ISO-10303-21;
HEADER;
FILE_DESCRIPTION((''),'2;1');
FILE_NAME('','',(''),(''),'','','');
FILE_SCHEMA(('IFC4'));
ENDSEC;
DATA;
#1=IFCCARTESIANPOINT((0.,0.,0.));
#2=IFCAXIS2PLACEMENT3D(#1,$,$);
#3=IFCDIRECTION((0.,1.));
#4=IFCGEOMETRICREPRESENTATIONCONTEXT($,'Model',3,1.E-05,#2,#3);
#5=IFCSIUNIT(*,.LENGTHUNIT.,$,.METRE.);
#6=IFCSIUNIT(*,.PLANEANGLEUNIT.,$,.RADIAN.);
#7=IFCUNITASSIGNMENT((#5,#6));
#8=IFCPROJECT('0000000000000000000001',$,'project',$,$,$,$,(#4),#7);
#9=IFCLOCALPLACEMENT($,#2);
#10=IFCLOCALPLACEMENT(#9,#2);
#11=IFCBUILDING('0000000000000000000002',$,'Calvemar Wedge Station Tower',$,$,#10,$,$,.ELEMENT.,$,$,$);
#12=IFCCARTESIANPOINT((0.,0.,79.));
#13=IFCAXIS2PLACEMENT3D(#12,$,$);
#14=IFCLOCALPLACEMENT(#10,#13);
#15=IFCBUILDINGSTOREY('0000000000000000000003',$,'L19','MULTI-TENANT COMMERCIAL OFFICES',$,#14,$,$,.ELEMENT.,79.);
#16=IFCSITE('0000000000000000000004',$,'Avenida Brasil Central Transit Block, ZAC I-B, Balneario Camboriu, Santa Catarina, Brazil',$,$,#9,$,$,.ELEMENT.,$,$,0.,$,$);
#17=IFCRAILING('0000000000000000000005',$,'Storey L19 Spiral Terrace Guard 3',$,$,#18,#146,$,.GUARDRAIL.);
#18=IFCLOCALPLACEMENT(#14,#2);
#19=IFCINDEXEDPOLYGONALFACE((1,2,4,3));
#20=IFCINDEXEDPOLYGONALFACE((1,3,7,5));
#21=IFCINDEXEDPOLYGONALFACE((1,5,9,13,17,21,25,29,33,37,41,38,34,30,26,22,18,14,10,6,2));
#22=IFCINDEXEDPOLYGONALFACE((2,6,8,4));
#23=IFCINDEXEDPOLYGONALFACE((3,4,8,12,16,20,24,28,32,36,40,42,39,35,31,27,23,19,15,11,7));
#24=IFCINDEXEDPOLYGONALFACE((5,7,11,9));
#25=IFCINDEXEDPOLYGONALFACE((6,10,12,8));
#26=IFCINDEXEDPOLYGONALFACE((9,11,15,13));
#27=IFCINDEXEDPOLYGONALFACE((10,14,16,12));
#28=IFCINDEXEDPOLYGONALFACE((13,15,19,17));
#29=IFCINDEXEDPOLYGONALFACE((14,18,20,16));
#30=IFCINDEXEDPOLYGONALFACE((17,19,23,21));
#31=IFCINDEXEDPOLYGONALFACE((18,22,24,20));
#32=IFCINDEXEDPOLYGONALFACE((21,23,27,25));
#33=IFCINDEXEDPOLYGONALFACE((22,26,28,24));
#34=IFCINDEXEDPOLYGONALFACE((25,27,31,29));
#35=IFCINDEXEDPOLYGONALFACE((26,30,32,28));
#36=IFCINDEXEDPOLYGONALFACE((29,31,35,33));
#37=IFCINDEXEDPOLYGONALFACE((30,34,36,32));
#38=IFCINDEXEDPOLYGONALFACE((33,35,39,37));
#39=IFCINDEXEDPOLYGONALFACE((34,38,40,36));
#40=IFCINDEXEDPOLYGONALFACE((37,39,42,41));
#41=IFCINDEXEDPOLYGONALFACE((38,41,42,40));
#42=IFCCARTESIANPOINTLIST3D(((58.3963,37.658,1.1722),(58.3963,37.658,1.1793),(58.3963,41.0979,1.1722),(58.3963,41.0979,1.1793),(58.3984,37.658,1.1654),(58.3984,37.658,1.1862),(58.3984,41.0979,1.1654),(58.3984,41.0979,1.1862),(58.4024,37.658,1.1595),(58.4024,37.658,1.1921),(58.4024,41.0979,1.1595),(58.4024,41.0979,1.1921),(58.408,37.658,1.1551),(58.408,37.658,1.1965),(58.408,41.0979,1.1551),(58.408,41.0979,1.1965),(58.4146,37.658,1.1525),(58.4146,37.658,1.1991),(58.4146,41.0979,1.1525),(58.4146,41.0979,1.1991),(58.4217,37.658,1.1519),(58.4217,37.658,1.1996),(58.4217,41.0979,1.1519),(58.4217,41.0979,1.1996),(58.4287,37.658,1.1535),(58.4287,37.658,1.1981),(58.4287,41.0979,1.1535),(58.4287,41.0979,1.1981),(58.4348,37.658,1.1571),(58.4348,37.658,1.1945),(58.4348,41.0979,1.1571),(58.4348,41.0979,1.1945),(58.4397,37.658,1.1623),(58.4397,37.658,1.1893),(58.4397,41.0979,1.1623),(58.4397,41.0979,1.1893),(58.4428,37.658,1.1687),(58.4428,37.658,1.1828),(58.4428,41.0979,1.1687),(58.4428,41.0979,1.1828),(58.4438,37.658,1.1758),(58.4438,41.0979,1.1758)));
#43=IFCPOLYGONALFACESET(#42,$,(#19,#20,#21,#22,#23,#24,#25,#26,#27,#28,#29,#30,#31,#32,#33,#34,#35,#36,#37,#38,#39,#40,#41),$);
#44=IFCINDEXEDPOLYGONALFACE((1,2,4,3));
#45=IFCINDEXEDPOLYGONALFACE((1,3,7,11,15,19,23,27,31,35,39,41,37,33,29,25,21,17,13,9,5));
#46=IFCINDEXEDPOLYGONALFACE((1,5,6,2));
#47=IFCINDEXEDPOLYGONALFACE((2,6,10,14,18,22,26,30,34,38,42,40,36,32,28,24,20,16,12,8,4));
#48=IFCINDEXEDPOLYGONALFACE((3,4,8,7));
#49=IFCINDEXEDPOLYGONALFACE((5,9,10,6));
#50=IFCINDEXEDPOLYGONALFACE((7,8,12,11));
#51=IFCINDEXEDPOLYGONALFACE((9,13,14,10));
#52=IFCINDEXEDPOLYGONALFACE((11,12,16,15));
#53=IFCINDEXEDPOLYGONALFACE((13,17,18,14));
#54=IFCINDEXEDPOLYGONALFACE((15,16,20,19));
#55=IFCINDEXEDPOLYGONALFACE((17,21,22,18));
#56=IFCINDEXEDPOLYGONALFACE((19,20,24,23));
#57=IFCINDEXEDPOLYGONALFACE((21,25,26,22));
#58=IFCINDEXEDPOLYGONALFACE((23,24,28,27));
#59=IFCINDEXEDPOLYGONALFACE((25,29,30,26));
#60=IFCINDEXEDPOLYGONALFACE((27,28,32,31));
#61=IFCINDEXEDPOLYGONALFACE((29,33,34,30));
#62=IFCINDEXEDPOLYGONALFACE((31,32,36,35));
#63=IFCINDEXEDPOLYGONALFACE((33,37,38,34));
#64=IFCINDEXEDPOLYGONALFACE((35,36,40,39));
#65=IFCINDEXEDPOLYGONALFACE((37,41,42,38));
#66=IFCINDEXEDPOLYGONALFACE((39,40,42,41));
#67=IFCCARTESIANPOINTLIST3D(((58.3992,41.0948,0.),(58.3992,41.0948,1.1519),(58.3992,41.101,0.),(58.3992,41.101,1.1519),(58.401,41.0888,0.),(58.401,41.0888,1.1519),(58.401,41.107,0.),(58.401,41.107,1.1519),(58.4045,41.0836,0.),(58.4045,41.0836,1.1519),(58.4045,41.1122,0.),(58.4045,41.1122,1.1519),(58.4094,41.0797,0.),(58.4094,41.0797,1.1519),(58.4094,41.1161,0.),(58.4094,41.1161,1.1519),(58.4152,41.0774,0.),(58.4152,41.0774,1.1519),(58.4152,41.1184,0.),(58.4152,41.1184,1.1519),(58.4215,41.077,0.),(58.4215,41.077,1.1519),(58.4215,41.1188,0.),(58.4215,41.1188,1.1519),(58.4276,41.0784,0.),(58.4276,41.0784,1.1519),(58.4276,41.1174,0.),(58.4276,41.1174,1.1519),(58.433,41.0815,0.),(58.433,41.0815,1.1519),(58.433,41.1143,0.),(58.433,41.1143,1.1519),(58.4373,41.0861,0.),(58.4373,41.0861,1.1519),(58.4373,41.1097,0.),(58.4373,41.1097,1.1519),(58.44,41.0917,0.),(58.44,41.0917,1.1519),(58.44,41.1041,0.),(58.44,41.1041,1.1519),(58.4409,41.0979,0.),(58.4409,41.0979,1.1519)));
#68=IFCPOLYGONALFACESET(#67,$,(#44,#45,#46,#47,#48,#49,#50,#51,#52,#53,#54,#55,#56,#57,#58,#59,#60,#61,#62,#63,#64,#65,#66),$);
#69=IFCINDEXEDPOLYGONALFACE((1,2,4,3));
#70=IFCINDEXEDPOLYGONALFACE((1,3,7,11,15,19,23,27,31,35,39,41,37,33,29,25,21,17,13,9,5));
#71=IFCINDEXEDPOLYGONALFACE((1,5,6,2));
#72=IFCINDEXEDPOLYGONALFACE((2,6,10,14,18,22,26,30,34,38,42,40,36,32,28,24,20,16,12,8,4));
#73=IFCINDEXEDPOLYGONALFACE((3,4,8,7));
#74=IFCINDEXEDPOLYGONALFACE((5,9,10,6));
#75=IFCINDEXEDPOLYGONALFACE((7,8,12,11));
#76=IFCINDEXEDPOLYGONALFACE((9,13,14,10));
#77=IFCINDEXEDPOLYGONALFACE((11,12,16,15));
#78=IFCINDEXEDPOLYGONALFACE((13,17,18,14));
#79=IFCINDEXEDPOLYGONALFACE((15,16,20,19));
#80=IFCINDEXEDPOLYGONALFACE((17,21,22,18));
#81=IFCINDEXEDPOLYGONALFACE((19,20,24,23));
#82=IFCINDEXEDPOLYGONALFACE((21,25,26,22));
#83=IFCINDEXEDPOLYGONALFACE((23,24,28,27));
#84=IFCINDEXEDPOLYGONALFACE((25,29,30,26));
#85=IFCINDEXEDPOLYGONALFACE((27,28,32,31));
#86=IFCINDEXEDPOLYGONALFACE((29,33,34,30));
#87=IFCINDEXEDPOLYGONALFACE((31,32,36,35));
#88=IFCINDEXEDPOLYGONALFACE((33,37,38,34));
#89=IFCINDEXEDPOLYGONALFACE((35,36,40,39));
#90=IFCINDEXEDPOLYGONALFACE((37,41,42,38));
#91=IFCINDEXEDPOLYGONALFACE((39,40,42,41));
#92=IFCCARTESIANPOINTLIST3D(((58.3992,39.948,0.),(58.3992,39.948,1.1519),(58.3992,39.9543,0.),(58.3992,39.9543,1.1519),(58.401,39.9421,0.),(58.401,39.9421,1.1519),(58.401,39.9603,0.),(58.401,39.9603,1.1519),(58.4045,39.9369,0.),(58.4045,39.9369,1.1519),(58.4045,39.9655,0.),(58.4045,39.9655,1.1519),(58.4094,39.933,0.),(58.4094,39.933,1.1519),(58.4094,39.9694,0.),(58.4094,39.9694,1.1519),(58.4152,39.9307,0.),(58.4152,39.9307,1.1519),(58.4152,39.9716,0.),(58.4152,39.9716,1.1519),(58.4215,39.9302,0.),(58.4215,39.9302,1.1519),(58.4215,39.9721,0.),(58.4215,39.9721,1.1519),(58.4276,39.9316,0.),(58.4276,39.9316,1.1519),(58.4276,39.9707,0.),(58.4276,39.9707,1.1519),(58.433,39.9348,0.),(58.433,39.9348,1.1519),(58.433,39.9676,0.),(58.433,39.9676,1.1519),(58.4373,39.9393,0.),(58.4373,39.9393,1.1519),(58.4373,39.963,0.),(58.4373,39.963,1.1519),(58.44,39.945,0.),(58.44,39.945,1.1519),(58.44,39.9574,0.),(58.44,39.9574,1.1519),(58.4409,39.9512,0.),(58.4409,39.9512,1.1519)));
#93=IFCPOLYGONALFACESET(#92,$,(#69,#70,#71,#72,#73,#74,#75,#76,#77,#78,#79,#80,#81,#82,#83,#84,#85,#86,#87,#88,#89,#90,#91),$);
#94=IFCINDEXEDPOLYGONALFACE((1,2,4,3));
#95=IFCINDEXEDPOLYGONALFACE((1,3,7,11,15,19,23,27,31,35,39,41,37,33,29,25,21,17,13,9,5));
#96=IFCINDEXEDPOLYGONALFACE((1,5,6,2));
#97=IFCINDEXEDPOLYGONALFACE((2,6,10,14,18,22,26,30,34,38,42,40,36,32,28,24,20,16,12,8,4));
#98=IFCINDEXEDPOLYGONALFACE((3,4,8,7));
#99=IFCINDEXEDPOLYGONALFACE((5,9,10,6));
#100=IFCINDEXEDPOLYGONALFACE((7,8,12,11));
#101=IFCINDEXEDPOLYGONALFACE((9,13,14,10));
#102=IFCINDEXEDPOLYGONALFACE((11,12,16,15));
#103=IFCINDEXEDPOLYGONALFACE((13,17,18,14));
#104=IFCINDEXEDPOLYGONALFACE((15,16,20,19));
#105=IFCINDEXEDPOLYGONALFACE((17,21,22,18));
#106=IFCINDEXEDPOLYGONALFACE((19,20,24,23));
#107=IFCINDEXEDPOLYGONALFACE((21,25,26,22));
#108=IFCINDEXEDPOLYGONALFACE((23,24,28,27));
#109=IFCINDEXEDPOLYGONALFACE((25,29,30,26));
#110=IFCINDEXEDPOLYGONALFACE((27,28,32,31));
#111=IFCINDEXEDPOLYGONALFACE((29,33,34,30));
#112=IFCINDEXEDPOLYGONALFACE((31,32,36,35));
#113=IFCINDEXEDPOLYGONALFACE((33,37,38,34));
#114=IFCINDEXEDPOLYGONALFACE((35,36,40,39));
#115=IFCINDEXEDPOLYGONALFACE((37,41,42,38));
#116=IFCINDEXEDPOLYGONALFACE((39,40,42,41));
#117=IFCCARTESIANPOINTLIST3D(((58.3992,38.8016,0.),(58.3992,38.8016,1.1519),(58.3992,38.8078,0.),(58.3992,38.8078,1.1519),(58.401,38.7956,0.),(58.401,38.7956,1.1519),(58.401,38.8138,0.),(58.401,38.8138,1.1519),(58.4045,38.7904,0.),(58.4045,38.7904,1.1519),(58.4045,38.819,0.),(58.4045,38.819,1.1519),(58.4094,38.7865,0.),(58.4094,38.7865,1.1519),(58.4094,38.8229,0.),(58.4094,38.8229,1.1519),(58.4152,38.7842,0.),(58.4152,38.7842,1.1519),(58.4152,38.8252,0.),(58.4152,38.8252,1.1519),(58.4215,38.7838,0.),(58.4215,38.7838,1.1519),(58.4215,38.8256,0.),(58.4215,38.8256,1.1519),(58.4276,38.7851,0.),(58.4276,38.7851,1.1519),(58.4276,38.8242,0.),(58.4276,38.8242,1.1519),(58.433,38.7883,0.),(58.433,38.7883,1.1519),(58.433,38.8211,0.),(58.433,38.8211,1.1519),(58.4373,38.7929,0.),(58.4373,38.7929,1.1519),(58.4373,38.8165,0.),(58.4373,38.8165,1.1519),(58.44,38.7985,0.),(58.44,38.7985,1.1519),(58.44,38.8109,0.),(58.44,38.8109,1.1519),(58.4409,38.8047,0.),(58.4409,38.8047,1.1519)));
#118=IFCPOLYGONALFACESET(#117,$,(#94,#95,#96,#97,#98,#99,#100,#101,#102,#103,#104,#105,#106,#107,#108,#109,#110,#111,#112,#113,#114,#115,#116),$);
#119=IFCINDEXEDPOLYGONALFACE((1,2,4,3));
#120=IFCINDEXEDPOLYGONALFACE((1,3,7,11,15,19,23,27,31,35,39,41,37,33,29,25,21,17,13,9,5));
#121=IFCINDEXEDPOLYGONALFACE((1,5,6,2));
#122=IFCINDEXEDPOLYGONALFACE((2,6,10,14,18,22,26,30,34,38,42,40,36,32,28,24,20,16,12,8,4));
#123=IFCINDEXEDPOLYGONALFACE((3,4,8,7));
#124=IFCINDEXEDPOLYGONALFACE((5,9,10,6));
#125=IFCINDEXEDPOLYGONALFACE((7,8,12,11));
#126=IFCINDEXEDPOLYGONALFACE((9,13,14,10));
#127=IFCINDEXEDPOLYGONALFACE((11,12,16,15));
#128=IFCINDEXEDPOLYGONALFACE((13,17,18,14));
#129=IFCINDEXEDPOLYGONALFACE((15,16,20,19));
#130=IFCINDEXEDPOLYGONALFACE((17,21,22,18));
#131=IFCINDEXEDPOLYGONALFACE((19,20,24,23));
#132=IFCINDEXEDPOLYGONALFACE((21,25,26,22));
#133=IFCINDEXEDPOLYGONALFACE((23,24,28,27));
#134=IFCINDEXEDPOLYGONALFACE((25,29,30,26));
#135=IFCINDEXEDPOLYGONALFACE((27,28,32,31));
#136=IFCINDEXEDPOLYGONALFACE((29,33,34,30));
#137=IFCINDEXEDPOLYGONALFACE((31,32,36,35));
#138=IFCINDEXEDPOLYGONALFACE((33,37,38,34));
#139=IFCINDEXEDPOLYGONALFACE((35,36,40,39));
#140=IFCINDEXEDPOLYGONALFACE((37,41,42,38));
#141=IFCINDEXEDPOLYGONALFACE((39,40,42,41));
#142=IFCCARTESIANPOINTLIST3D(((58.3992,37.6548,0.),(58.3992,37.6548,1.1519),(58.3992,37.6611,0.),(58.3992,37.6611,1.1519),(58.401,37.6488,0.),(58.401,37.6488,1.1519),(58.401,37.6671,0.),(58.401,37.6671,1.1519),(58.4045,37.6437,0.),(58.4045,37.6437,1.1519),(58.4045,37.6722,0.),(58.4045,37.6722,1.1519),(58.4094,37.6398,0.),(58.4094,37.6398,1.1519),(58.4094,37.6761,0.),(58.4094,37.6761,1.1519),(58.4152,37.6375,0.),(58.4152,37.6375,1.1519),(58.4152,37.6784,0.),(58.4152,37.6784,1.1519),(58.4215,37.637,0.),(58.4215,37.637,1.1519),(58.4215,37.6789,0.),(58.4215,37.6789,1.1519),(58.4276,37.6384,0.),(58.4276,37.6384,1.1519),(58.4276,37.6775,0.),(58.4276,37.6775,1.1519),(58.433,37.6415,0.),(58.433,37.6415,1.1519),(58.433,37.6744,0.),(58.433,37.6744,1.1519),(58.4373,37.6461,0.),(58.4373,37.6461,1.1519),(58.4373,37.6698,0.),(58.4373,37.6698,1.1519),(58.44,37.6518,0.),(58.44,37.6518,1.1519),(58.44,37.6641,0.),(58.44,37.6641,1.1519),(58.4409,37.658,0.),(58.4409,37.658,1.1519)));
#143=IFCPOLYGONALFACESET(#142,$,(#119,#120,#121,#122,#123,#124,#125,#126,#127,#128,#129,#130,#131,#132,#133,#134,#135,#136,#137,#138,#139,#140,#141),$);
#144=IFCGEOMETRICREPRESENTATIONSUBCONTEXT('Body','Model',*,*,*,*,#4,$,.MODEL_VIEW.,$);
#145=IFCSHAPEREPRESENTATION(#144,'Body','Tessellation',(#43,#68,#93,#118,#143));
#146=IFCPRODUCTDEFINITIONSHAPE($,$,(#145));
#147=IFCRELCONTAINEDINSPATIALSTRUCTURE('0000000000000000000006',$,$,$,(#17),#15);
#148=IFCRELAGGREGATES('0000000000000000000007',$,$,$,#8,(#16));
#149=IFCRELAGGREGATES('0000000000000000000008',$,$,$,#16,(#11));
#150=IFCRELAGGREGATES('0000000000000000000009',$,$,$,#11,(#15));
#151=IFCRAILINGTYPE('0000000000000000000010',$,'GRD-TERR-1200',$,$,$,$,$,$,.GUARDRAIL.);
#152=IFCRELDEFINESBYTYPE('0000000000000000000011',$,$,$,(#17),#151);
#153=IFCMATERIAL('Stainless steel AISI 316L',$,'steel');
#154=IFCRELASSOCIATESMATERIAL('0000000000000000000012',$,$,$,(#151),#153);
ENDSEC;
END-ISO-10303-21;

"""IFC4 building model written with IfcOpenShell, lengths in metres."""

from ifc_helpers import new_model, si_unit, direction, frame, origin, origin_2d, place, context, subcontext, project, spatial, circle, extrude, material, type_object, element, save


model = new_model("IFC4")

# Units and contexts
model_context = context("Model", 3, precision=1e-05, world=origin(), true_north=direction((0.0, 1.0)))
body_context = subcontext(model_context, "Body", "Model", "MODEL_VIEW")
ifc_project = project(units=[si_unit("LENGTHUNIT", "METRE"), si_unit("PLANEANGLEUNIT", "RADIAN")], contexts=[model_context])

# Site, building, storey
site_placement = place(None, origin())
site = spatial("IfcSite", under=ifc_project, at=site_placement, Name="Avenida Brasil Central Transit Block, ZAC I-B, Balneario Camboriu, Santa Catarina, Brazil", CompositionType="ELEMENT", RefElevation=0.0)
building_placement = place(site_placement, origin())
building = spatial("IfcBuilding", under=site, at=building_placement, Name="Calvemar Wedge Station Tower", CompositionType="ELEMENT")
storey_placement = place(building_placement, frame((0.0, 0.0, 79.0)))
storey = spatial("IfcBuildingStorey", under=building, at=storey_placement, Name="L19", Description="MULTI-TENANT COMMERCIAL OFFICES", CompositionType="ELEMENT", Elevation=79.0)

# Railing
ifc_material_1 = material(Name="Stainless steel AISI 316L", Category="steel")
railing_type = type_object("IfcRailingType", Name="GRD-TERR-1200", PredefinedType="GUARDRAIL", material=ifc_material_1)
railing_1_placement = place(storey_placement, frame((58.4199, 41.0979, 0.0)))
element("IfcRailing", 1, at=railing_1_placement, inside=storey, type_object=railing_type, Name="Storey L19 Spiral Terrace Guard 3", PredefinedType="GUARDRAIL", context=body_context, shape_type="SweptSolid", body=[
    extrude(circle(Radius=0.0239, at=origin_2d()), frame((0.0, 0.0, 1.1758), z_axis=(0.0, -1.0, 0.0), x_axis=(1.0, 0.0, 0.0)), (0.0, 0.0, 1.0), 3.4399),
    extrude(circle(Radius=0.021, at=origin_2d()), origin(), (0.0, 0.0, 1.0), 1.1519),
    extrude(circle(Radius=0.021, at=origin_2d()), frame((0.0, -1.1467, 0.0)), (0.0, 0.0, 1.0), 1.1519),
    extrude(circle(Radius=0.021, at=origin_2d()), frame((0.0, -2.2932, 0.0)), (0.0, 0.0, 1.0), 1.1519),
    extrude(circle(Radius=0.021, at=origin_2d()), frame((0.0, -3.4399, 0.0)), (0.0, 0.0, 1.0), 1.1519),
])

save(model, "model.ifc")
